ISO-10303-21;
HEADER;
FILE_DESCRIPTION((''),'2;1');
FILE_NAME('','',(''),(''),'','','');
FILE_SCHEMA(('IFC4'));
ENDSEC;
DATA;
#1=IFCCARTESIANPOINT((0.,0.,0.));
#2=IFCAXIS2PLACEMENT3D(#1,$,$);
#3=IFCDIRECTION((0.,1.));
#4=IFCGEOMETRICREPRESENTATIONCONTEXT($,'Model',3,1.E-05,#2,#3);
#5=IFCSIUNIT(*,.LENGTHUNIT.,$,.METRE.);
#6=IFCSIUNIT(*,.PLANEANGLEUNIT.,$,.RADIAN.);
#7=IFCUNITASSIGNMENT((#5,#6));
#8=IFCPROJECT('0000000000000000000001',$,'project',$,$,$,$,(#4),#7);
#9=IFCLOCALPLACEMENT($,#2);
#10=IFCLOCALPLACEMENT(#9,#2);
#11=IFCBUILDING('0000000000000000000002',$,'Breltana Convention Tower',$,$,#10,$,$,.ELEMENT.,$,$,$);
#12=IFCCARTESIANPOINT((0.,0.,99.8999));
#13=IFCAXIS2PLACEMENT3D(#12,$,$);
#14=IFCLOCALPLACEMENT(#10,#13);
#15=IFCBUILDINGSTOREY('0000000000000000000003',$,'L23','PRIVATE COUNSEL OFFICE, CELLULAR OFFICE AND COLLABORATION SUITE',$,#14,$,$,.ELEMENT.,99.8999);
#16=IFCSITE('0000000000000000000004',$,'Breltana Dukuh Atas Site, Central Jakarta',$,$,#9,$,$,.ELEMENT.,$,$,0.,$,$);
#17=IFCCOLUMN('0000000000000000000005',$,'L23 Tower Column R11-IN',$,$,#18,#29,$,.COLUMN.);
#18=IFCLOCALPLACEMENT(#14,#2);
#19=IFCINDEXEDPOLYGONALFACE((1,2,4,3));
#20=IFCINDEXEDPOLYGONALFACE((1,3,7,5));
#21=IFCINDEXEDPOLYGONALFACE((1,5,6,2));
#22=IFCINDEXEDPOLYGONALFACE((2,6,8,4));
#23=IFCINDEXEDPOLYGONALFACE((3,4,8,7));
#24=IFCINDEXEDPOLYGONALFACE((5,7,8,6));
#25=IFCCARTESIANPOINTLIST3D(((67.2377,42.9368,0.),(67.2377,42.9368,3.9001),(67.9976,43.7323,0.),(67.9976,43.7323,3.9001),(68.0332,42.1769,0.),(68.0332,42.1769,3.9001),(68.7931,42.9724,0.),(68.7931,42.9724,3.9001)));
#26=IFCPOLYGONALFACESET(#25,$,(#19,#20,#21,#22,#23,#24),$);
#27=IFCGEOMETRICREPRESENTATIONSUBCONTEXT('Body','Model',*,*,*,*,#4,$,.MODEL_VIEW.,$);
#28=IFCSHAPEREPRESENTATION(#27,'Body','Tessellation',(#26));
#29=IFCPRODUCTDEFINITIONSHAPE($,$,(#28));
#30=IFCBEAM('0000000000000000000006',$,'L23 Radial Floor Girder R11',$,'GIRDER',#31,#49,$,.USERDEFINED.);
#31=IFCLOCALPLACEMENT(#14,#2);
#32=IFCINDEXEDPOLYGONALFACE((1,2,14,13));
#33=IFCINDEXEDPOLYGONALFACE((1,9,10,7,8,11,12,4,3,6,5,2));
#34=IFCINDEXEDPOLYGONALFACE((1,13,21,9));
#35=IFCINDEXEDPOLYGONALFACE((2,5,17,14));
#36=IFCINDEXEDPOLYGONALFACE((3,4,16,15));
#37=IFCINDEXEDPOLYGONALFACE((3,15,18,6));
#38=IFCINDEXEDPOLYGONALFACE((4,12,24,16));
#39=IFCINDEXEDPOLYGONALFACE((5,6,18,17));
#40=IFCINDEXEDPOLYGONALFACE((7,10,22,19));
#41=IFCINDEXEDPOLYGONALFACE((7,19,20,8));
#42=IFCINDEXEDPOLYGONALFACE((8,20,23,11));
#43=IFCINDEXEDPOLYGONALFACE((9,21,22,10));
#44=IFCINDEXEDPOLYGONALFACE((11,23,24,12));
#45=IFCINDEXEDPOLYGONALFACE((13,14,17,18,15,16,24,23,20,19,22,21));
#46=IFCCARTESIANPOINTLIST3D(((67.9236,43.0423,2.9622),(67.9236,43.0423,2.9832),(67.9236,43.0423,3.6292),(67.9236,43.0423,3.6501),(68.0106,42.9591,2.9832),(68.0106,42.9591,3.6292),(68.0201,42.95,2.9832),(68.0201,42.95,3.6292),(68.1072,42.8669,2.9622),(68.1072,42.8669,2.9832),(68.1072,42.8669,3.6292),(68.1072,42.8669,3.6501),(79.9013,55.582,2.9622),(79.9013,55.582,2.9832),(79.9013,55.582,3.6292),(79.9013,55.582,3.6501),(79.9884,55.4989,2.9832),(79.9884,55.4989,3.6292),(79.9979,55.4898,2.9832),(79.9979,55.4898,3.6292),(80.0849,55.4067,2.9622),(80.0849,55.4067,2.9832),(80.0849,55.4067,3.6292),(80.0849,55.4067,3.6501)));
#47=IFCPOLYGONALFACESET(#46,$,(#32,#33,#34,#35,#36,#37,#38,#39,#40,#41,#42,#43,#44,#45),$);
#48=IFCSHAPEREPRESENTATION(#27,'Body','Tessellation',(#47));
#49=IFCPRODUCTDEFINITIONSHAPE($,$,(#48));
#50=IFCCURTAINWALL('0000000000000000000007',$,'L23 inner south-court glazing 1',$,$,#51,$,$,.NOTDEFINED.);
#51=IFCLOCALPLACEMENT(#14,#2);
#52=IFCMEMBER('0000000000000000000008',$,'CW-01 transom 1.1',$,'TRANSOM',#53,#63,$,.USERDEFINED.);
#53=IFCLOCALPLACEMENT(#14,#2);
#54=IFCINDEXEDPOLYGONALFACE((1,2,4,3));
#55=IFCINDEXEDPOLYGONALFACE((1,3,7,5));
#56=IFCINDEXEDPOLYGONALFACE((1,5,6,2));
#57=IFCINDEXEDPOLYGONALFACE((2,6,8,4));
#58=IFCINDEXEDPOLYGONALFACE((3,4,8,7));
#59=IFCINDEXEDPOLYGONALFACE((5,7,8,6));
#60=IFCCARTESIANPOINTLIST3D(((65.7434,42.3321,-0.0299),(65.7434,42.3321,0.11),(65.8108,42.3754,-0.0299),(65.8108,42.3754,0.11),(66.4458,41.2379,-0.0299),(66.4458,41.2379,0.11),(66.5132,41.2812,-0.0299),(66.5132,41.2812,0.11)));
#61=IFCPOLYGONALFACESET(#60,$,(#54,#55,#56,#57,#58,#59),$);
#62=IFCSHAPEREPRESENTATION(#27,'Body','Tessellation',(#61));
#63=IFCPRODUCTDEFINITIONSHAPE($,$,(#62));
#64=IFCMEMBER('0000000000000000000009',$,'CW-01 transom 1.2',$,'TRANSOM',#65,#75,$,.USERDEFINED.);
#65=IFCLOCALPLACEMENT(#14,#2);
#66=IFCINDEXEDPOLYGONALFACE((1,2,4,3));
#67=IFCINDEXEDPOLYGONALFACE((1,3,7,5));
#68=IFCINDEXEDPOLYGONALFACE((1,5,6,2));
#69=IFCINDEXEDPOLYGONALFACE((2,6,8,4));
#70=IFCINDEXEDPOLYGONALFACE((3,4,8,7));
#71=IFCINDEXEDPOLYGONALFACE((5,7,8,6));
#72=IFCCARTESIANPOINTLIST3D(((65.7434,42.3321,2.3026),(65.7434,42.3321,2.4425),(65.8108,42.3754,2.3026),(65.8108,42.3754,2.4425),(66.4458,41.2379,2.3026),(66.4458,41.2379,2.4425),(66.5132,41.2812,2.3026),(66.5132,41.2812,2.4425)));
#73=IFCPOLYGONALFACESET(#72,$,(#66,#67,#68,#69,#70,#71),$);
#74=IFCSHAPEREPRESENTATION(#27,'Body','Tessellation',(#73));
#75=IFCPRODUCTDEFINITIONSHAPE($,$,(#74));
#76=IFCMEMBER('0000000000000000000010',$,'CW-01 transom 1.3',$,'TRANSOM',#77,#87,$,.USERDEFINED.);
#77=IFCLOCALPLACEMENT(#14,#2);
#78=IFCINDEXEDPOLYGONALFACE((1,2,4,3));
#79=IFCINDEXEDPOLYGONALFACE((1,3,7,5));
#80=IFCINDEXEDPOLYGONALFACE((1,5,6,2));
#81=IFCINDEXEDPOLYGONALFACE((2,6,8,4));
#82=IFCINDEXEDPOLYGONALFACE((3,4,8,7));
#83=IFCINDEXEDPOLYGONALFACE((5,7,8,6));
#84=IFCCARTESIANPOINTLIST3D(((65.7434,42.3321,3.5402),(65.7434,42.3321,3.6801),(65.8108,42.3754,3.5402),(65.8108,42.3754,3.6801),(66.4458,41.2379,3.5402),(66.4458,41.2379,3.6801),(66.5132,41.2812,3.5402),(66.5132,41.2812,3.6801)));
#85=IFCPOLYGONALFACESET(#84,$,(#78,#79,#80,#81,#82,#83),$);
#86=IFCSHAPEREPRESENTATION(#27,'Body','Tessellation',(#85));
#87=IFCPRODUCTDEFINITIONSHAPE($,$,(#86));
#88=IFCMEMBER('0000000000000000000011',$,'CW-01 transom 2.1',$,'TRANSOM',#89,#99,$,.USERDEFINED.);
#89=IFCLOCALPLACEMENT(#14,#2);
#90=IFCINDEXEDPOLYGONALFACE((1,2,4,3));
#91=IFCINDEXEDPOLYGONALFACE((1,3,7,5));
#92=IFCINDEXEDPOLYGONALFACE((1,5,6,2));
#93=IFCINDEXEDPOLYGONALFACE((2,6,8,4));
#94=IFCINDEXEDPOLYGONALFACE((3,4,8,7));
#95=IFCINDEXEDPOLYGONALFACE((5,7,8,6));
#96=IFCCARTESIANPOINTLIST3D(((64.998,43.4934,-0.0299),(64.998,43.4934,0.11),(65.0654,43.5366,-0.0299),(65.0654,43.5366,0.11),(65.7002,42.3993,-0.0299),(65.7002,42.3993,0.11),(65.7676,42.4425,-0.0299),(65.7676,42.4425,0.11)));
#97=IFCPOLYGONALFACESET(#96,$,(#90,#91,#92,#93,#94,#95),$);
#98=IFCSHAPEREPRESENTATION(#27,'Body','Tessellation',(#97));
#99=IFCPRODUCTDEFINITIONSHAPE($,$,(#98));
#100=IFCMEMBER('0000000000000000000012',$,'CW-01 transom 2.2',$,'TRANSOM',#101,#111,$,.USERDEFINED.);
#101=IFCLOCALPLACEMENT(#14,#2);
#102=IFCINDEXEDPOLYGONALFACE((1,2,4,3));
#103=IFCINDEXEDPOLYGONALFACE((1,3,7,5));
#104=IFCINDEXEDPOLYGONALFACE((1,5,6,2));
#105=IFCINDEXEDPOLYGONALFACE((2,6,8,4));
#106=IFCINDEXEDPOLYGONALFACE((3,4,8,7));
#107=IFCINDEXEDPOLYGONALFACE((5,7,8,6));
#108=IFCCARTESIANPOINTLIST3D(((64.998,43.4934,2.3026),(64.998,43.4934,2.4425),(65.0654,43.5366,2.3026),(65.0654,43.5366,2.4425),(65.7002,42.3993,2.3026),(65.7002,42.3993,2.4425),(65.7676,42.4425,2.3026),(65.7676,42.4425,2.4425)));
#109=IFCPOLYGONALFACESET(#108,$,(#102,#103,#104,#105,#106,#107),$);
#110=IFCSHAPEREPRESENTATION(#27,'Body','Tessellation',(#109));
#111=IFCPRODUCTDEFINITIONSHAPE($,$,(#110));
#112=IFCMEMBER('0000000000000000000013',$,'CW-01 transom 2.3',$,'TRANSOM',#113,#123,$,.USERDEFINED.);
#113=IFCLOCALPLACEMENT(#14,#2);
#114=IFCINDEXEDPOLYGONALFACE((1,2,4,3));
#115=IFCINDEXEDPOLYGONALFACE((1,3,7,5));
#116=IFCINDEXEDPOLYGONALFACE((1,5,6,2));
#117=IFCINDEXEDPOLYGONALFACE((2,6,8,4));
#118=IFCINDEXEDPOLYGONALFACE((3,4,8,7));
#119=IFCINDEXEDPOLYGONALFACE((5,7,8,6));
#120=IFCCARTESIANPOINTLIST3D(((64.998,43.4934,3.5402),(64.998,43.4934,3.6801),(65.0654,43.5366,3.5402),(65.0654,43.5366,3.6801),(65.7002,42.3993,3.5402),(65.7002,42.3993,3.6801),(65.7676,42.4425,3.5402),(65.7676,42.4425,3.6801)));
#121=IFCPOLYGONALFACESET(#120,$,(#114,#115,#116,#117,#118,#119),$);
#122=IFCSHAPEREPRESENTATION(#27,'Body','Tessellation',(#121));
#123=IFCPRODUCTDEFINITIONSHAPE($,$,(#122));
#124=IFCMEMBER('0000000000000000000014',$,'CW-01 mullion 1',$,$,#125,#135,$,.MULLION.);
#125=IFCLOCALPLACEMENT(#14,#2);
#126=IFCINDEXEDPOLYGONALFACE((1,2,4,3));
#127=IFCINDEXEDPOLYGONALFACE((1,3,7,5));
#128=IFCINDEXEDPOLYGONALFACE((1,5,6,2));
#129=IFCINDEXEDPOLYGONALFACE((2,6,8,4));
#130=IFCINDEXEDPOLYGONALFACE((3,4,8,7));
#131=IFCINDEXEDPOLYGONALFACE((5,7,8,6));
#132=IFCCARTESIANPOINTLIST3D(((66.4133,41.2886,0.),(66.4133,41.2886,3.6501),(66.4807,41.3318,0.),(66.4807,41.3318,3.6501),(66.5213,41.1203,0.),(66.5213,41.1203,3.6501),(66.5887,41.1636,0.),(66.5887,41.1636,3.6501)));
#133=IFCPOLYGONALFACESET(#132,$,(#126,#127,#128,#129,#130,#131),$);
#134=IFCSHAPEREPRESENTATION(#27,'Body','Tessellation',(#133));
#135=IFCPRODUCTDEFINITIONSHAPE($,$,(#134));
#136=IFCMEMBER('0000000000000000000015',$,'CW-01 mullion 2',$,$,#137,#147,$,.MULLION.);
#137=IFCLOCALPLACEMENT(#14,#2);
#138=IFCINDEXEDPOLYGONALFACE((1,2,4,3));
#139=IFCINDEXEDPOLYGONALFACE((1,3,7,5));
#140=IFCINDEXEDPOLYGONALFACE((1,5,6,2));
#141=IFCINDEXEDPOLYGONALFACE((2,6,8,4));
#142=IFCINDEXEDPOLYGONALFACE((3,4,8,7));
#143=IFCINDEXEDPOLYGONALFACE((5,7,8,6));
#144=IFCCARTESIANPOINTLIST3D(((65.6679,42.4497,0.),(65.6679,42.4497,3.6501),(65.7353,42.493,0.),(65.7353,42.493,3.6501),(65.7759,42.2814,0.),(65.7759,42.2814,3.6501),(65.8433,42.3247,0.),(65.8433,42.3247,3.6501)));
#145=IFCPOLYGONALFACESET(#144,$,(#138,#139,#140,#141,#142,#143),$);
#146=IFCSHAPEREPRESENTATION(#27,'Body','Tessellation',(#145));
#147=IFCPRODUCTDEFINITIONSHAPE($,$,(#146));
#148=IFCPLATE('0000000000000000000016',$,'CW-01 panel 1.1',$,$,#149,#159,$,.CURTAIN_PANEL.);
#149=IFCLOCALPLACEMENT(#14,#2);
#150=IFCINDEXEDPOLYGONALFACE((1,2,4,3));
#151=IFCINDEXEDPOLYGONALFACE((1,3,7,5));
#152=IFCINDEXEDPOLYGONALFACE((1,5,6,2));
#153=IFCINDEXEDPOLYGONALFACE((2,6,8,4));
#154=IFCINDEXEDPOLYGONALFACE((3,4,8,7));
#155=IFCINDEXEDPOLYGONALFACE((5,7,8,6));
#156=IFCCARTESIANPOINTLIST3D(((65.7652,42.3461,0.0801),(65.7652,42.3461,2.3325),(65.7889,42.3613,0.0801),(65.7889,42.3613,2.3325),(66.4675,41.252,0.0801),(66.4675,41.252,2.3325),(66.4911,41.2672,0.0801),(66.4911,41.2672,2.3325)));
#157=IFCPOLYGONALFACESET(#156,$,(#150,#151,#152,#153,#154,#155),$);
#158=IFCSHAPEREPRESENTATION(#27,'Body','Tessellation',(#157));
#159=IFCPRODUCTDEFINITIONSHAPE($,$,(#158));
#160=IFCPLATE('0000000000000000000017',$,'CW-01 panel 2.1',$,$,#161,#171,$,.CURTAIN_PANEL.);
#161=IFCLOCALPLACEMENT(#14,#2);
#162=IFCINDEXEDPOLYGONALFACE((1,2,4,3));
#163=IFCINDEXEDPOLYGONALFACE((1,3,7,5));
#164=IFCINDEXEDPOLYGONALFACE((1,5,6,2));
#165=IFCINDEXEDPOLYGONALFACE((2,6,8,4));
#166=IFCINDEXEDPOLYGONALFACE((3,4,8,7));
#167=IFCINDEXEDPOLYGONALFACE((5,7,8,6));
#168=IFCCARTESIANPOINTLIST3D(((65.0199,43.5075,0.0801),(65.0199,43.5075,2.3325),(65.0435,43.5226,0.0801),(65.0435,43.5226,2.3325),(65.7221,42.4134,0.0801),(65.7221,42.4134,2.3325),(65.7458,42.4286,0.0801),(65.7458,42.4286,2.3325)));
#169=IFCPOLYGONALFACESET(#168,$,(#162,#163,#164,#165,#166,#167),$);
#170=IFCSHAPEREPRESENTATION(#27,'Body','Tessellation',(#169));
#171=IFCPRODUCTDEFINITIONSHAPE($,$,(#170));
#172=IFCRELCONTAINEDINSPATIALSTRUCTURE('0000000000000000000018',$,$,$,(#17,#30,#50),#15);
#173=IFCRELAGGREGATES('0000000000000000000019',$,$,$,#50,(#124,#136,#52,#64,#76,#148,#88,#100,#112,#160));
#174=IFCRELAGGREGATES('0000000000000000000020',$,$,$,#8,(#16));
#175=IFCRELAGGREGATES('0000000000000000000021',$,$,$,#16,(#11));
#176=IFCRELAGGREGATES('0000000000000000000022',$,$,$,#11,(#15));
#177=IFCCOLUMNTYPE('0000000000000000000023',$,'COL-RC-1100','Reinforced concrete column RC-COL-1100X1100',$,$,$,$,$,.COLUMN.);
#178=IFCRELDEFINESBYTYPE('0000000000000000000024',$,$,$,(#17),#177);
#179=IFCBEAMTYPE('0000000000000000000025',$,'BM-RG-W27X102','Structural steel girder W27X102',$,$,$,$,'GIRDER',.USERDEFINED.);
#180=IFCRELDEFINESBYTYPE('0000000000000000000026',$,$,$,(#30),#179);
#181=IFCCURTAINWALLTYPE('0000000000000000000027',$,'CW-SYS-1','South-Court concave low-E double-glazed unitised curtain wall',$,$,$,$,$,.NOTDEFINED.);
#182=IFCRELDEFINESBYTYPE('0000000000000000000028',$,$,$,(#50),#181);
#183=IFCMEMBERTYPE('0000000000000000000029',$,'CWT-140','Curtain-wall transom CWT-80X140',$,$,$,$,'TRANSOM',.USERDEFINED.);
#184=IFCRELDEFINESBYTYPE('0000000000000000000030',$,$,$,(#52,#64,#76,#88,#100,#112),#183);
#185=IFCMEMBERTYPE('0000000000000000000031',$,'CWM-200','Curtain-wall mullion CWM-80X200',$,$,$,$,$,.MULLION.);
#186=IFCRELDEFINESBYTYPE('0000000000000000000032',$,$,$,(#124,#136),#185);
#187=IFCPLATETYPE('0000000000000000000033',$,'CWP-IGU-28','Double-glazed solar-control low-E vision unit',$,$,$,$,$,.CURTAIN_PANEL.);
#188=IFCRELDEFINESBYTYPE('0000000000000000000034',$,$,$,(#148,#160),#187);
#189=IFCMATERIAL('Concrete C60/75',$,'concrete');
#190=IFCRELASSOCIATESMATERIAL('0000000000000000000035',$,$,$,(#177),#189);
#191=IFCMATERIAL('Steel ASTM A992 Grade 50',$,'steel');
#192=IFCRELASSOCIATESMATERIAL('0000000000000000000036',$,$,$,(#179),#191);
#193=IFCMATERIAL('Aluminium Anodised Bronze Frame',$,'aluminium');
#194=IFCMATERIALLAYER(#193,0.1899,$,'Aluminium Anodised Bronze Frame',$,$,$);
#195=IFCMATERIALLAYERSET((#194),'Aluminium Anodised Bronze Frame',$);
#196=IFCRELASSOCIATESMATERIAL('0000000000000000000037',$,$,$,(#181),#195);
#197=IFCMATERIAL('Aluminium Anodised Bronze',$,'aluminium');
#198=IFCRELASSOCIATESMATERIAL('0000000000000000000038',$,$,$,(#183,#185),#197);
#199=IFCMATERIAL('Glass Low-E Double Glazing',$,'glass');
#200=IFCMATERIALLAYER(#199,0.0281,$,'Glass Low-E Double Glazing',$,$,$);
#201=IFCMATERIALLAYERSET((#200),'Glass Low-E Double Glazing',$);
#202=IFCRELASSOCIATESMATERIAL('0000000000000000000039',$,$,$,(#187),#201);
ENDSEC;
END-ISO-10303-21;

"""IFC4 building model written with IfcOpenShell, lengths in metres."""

from ifc_helpers import new_model, si_unit, direction, frame, origin, origin_2d, place, context, subcontext, project, spatial, rectangle, i_section, extrude, source, transform, mapped, material, layer, layer_set, material_profile, profile_set, type_object, type_shapes, element, aggregate, save


model = new_model("IFC4")

# Units and contexts
model_context = context("Model", 3, precision=1e-05, world=origin(), true_north=direction((0.0, 1.0)))
body_context = subcontext(model_context, "Body", "Model", "MODEL_VIEW")
ifc_project = project(units=[si_unit("LENGTHUNIT", "METRE"), si_unit("PLANEANGLEUNIT", "RADIAN")], contexts=[model_context])

# Site, building, storey
site_placement = place(None, origin())
site = spatial("IfcSite", under=ifc_project, at=site_placement, Name="Breltana Dukuh Atas Site, Central Jakarta", CompositionType="ELEMENT", RefElevation=0.0)
building_placement = place(site_placement, origin())
building = spatial("IfcBuilding", under=site, at=building_placement, Name="Breltana Convention Tower", CompositionType="ELEMENT")
storey_placement = place(building_placement, frame((0.0, 0.0, 99.8999)))
storey = spatial("IfcBuildingStorey", under=building, at=storey_placement, Name="L23", Description="PRIVATE COUNSEL OFFICE, CELLULAR OFFICE AND COLLABORATION SUITE", CompositionType="ELEMENT", Elevation=99.8999)

# Column
ifc_material_1 = material(Name="Concrete C60/75", Category="concrete")
ifc_material_profile_1 = material_profile(ifc_material_1, rectangle(XDim=1.1001, YDim=1.1001, at=origin_2d()), Name="RC-COL-1100X1100")
ifc_profile_set_1 = profile_set([ifc_material_profile_1], Name="Concrete C60/75")
column_type = type_object("IfcColumnType", Name="COL-RC-1100", Description="Reinforced concrete column RC-COL-1100X1100", PredefinedType="COLUMN", material=ifc_profile_set_1)
shared_shape_1 = source(origin(), body_context, "Body", "SweptSolid", [
    extrude(rectangle(XDim=1.1001, YDim=1.1001, at=origin_2d()), origin(), (0.0, 0.0, 1.0), 3.9001),
])
column_placement = place(storey_placement, frame((68.0154, 42.9546, 0.0), z_axis=(0.0, 0.0, 1.0), x_axis=(0.690756, 0.723088, 0.0)))
element("IfcColumn", 1, at=column_placement, inside=storey, type_object=column_type, Name="L23 Tower Column R11-IN", PredefinedType="COLUMN", context=body_context, shape_type="MappedRepresentation", body=[
    mapped(shared_shape_1, transform((0.0, 0.0, 0.0), scale=1.0)),
])

# Beam
ifc_material_2 = material(Name="Steel ASTM A992 Grade 50", Category="steel")
ifc_material_profile_2 = material_profile(ifc_material_2, i_section(OverallWidth=0.2539, OverallDepth=0.688, WebThickness=0.0132, FlangeThickness=0.021, at=origin_2d()), Name="W27X102")
ifc_profile_set_2 = profile_set([ifc_material_profile_2], Name="Steel ASTM A992 Grade 50")
beam_type = type_object("IfcBeamType", Name="BM-RG-W27X102", Description="Structural steel girder W27X102", ElementType="GIRDER", PredefinedType="USERDEFINED", material=ifc_profile_set_2)
shared_shape_2 = source(origin(), body_context, "Body", "SweptSolid", [
    extrude(i_section(OverallWidth=0.2539, OverallDepth=0.688, WebThickness=0.0132, FlangeThickness=0.021, at=origin_2d()), origin(), (0.0, 0.0, 1.0), 17.3411),
])
type_shapes(beam_type, [shared_shape_2])
beam_placement = place(storey_placement, frame((68.0154, 42.9546, 3.3062), z_axis=(0.690716, 0.723126, 0.0), x_axis=(-0.723126, 0.690716, 0.0)))
element("IfcBeam", 2, at=beam_placement, inside=storey, type_object=beam_type, Name="L23 Radial Floor Girder R11", ObjectType="GIRDER", PredefinedType="USERDEFINED", context=body_context, shape_type="MappedRepresentation", body=[
    mapped(shared_shape_2, transform((0.0, 0.0, 0.0), scale=1.0)),
])

# Curtain wall, members, plates
ifc_material_3 = material(Name="Aluminium Anodised Bronze Frame", Category="aluminium")
ifc_layer_1 = layer(ifc_material_3, 0.1899, Name="Aluminium Anodised Bronze Frame")
ifc_layer_set_1 = layer_set([ifc_layer_1], Name="Aluminium Anodised Bronze Frame")
curtain_wall_type = type_object("IfcCurtainWallType", Name="CW-SYS-1", Description="South-Court concave low-E double-glazed unitised curtain wall", PredefinedType="NOTDEFINED", material=ifc_layer_set_1)
curtain_wall_placement = place(storey_placement, origin())
curtain_wall = element("IfcCurtainWall", 3, at=curtain_wall_placement, inside=storey, type_object=curtain_wall_type, Name="L23 inner south-court glazing 1", PredefinedType="NOTDEFINED")
ifc_material_4 = material(Name="Aluminium Anodised Bronze", Category="aluminium")
ifc_material_profile_3 = material_profile(ifc_material_4, rectangle(XDim=0.0801, YDim=0.1399, at=origin_2d()), Name="CWT-80X140")
ifc_profile_set_3 = profile_set([ifc_material_profile_3], Name="Aluminium Anodised Bronze")
member_type_1 = type_object("IfcMemberType", Name="CWT-140", Description="Curtain-wall transom CWT-80X140", ElementType="TRANSOM", PredefinedType="USERDEFINED", material=ifc_profile_set_3)
shared_shape_3 = source(origin(), body_context, "Body", "SweptSolid", [
    extrude(rectangle(XDim=0.0801, YDim=0.1399, at=origin_2d()), origin(), (0.0, 0.0, 1.0), 1.3003),
])
member_1_placement = place(storey_placement, frame((66.4795, 41.2595, 0.04), z_axis=(-0.540188, 0.841544, 0.0), x_axis=(-0.841544, -0.540188, 0.0)))
member_1 = element("IfcMember", 4, at=member_1_placement, type_object=member_type_1, Name="CW-01 transom 1.1", ObjectType="TRANSOM", PredefinedType="USERDEFINED", context=body_context, shape_type="MappedRepresentation", body=[
    mapped(shared_shape_3, transform((0.0, 0.0, 0.0), scale=1.0)),
])
member_2_placement = place(storey_placement, frame((66.4795, 41.2595, 2.3726), z_axis=(-0.540188, 0.841544, 0.0), x_axis=(-0.841544, -0.540188, 0.0)))
member_2 = element("IfcMember", 5, at=member_2_placement, type_object=member_type_1, Name="CW-01 transom 1.2", ObjectType="TRANSOM", PredefinedType="USERDEFINED", context=body_context, shape_type="MappedRepresentation", body=[
    mapped(shared_shape_3, transform((0.0, 0.0, 0.0), scale=1.0)),
])
member_3_placement = place(storey_placement, frame((66.4795, 41.2595, 3.6101), z_axis=(-0.540188, 0.841544, 0.0), x_axis=(-0.841544, -0.540188, 0.0)))
member_3 = element("IfcMember", 6, at=member_3_placement, type_object=member_type_1, Name="CW-01 transom 1.3", ObjectType="TRANSOM", PredefinedType="USERDEFINED", context=body_context, shape_type="MappedRepresentation", body=[
    mapped(shared_shape_3, transform((0.0, 0.0, 0.0), scale=1.0)),
])
shared_shape_4 = source(origin(), body_context, "Body", "SweptSolid", [
    extrude(rectangle(XDim=0.0801, YDim=0.1399, at=origin_2d()), origin(), (0.0, 0.0, 1.0), 1.3),
])
member_4_placement = place(storey_placement, frame((65.7339, 42.4209, 0.04), z_axis=(-0.54014, 0.841575, 0.0), x_axis=(-0.841575, -0.54014, 0.0)))
member_4 = element("IfcMember", 7, at=member_4_placement, type_object=member_type_1, Name="CW-01 transom 2.1", ObjectType="TRANSOM", PredefinedType="USERDEFINED", context=body_context, shape_type="MappedRepresentation", body=[
    mapped(shared_shape_4, transform((0.0, 0.0, 0.0), scale=1.0)),
])
member_5_placement = place(storey_placement, frame((65.7339, 42.4209, 2.3726), z_axis=(-0.54014, 0.841575, 0.0), x_axis=(-0.841575, -0.54014, 0.0)))
member_5 = element("IfcMember", 8, at=member_5_placement, type_object=member_type_1, Name="CW-01 transom 2.2", ObjectType="TRANSOM", PredefinedType="USERDEFINED", context=body_context, shape_type="MappedRepresentation", body=[
    mapped(shared_shape_4, transform((0.0, 0.0, 0.0), scale=1.0)),
])
member_6_placement = place(storey_placement, frame((65.7339, 42.4209, 3.6101), z_axis=(-0.54014, 0.841575, 0.0), x_axis=(-0.841575, -0.54014, 0.0)))
member_6 = element("IfcMember", 9, at=member_6_placement, type_object=member_type_1, Name="CW-01 transom 2.3", ObjectType="TRANSOM", PredefinedType="USERDEFINED", context=body_context, shape_type="MappedRepresentation", body=[
    mapped(shared_shape_4, transform((0.0, 0.0, 0.0), scale=1.0)),
])
ifc_material_profile_4 = material_profile(ifc_material_4, rectangle(XDim=0.0801, YDim=0.2, at=origin_2d()), Name="CWM-80X200")
ifc_profile_set_4 = profile_set([ifc_material_profile_4], Name="Aluminium Anodised Bronze")
member_type_2 = type_object("IfcMemberType", Name="CWM-200", Description="Curtain-wall mullion CWM-80X200", PredefinedType="MULLION", material=ifc_profile_set_4)
shared_shape_5 = source(origin(), body_context, "Body", "SweptSolid", [
    extrude(rectangle(XDim=0.0801, YDim=0.2, at=origin_2d()), origin(), (0.0, 0.0, 1.0), 3.6501),
])
member_7_placement = place(storey_placement, frame((66.501, 41.2261, 0.0), z_axis=(0.0, 0.0, 1.0), x_axis=(-0.841551, -0.540177, 0.0)))
member_7 = element("IfcMember", 10, at=member_7_placement, type_object=member_type_2, Name="CW-01 mullion 1", PredefinedType="MULLION", context=body_context, shape_type="MappedRepresentation", body=[
    mapped(shared_shape_5, transform((0.0, 0.0, 0.0), scale=1.0)),
])
member_8_placement = place(storey_placement, frame((65.7556, 42.3872, 0.0), z_axis=(0.0, 0.0, 1.0), x_axis=(-0.841551, -0.540177, 0.0)))
member_8 = element("IfcMember", 11, at=member_8_placement, type_object=member_type_2, Name="CW-01 mullion 2", PredefinedType="MULLION", context=body_context, shape_type="MappedRepresentation", body=[
    mapped(shared_shape_5, transform((0.0, 0.0, 0.0), scale=1.0)),
])
ifc_material_5 = material(Name="Glass Low-E Double Glazing", Category="glass")
ifc_layer_2 = layer(ifc_material_5, 0.0281, Name="Glass Low-E Double Glazing")
ifc_layer_set_2 = layer_set([ifc_layer_2], Name="Glass Low-E Double Glazing")
plate_type = type_object("IfcPlateType", Name="CWP-IGU-28", Description="Double-glazed solar-control low-E vision unit", PredefinedType="CURTAIN_PANEL", material=ifc_layer_set_2)
shared_shape_6 = source(origin(), body_context, "Body", "SweptSolid", [
    extrude(rectangle(XDim=1.3, YDim=0.0281, at=origin_2d()), origin(), (0.0, 0.0, 1.0), 2.2524),
])
plate_1_placement = place(storey_placement, frame((66.1282, 41.8066, 0.0801), z_axis=(0.0, 0.0, 1.0), x_axis=(-0.540177, 0.841551, 0.0)))
plate_1 = element("IfcPlate", 12, at=plate_1_placement, type_object=plate_type, Name="CW-01 panel 1.1", PredefinedType="CURTAIN_PANEL", context=body_context, shape_type="MappedRepresentation", body=[
    mapped(shared_shape_6, transform((0.0, 0.0, 0.0), scale=1.0)),
])
plate_2_placement = place(storey_placement, frame((65.3828, 42.968, 0.0801), z_axis=(0.0, 0.0, 1.0), x_axis=(-0.540177, 0.841551, 0.0)))
plate_2 = element("IfcPlate", 13, at=plate_2_placement, type_object=plate_type, Name="CW-01 panel 2.1", PredefinedType="CURTAIN_PANEL", context=body_context, shape_type="MappedRepresentation", body=[
    mapped(shared_shape_6, transform((0.0, 0.0, 0.0), scale=1.0)),
])
aggregate(curtain_wall, [member_7, member_8, member_1, member_2, member_3, plate_1, member_4, member_5, member_6, plate_2])

save(model, "model.ifc")
